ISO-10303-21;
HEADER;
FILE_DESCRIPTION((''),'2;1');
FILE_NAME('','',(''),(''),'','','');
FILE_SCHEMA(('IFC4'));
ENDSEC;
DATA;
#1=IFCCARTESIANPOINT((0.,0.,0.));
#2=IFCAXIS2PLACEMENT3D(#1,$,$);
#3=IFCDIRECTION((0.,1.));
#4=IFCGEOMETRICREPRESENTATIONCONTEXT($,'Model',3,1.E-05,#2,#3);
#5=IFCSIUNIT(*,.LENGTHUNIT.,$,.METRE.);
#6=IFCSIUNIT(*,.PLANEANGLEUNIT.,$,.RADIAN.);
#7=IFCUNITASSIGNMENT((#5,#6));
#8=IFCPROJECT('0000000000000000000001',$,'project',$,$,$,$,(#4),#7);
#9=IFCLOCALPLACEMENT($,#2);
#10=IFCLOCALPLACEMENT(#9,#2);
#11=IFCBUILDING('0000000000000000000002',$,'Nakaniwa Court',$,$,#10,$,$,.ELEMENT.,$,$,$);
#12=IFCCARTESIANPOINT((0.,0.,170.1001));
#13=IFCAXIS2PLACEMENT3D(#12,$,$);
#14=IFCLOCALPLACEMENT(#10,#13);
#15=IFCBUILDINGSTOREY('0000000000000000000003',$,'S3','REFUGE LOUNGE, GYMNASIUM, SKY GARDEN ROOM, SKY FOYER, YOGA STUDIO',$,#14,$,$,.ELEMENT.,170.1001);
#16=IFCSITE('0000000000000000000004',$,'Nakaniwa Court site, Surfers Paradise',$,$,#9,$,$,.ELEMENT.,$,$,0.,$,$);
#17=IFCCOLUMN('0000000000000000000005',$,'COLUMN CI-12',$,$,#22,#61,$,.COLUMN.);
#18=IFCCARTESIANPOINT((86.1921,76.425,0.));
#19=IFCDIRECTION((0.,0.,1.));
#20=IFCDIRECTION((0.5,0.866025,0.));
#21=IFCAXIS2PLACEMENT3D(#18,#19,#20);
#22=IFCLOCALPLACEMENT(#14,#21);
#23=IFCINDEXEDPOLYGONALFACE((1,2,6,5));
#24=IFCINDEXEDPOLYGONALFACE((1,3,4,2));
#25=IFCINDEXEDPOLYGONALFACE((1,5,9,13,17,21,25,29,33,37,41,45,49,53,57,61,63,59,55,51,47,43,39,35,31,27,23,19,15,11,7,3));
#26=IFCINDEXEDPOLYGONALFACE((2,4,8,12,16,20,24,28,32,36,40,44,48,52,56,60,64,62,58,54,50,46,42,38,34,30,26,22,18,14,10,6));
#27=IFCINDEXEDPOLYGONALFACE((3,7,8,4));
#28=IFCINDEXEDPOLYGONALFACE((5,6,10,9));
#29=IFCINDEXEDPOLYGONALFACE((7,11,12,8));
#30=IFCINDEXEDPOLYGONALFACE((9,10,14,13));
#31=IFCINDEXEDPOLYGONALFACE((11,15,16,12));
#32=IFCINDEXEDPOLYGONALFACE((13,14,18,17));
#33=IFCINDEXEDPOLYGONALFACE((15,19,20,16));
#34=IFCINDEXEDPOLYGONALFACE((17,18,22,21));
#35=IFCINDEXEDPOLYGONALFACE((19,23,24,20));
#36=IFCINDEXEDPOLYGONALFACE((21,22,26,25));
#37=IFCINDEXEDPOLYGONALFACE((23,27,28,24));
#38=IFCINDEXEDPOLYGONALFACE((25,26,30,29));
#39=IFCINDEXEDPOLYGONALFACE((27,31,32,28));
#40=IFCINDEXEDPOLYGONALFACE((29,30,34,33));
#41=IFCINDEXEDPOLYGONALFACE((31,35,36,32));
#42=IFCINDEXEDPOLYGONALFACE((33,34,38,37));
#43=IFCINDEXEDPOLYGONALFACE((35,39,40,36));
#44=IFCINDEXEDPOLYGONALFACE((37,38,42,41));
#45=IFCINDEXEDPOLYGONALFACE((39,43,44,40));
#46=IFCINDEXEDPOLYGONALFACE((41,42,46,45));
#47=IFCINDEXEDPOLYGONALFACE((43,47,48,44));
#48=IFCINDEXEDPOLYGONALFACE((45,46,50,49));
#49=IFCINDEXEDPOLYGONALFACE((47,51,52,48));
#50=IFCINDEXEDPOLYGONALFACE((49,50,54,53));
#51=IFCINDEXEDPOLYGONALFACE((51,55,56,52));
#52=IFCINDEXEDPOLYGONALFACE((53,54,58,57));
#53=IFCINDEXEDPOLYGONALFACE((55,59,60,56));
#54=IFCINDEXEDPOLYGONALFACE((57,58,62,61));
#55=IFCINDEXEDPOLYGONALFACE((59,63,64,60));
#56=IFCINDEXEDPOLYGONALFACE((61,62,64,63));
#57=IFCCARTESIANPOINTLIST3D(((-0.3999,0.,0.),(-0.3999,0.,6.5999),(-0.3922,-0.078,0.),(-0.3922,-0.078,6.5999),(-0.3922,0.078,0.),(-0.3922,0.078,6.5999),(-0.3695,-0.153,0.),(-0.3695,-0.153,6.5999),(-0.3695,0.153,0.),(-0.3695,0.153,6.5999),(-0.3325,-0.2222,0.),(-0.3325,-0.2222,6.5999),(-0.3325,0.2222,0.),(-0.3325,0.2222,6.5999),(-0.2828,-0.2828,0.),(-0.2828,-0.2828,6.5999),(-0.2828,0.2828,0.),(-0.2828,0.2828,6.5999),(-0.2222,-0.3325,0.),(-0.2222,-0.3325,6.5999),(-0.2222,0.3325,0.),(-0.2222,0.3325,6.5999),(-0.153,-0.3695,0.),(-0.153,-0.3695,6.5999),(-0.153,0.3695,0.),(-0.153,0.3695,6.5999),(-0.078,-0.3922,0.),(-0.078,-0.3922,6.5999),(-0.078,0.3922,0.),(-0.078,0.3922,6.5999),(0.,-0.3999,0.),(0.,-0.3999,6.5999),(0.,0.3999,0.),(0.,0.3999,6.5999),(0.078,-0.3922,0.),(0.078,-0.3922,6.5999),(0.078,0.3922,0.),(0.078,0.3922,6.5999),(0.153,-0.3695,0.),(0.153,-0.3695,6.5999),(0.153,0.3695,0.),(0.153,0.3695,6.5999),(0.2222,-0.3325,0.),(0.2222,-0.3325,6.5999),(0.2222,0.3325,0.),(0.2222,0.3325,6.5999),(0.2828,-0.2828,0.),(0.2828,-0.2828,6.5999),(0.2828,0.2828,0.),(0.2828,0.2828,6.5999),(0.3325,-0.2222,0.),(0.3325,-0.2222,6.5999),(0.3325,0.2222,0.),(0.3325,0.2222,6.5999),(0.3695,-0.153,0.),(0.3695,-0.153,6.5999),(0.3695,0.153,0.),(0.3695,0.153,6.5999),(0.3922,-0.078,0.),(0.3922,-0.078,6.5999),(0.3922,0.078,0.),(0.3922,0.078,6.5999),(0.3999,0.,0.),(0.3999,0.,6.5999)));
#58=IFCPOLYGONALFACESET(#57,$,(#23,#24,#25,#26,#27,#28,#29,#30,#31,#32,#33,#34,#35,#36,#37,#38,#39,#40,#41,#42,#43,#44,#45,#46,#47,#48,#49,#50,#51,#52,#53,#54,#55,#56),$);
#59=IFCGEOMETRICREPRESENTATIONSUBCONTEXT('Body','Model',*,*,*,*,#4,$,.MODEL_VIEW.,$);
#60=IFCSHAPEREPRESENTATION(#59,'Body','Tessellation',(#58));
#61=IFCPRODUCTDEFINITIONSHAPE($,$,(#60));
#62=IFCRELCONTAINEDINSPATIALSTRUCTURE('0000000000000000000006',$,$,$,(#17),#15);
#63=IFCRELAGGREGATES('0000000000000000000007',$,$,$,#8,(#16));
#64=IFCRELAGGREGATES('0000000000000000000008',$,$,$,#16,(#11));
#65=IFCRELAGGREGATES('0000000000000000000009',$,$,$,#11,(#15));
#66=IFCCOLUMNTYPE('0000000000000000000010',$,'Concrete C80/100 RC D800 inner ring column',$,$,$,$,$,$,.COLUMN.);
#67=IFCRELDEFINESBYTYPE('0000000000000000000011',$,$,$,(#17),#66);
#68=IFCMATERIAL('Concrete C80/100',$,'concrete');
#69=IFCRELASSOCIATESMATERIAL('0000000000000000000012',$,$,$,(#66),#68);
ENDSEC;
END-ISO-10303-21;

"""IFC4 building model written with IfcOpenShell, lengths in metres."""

from ifc_helpers import new_model, si_unit, direction, frame, origin, origin_2d, place, context, subcontext, project, spatial, circle, extrude, material, material_profile, profile_set, type_object, element, save


model = new_model("IFC4")

# Units and contexts
model_context = context("Model", 3, precision=1e-05, world=origin(), true_north=direction((0.0, 1.0)))
body_context = subcontext(model_context, "Body", "Model", "MODEL_VIEW")
ifc_project = project(units=[si_unit("LENGTHUNIT", "METRE"), si_unit("PLANEANGLEUNIT", "RADIAN")], contexts=[model_context])

# Site, building, storey
site_placement = place(None, origin())
site = spatial("IfcSite", under=ifc_project, at=site_placement, Name="Nakaniwa Court site, Surfers Paradise", CompositionType="ELEMENT", RefElevation=0.0)
building_placement = place(site_placement, origin())
building = spatial("IfcBuilding", under=site, at=building_placement, Name="Nakaniwa Court", CompositionType="ELEMENT")
storey_placement = place(building_placement, frame((0.0, 0.0, 170.1001)))
storey = spatial("IfcBuildingStorey", under=building, at=storey_placement, Name="S3", Description="REFUGE LOUNGE, GYMNASIUM, SKY GARDEN ROOM, SKY FOYER, YOGA STUDIO", CompositionType="ELEMENT", Elevation=170.1001)

# Column
ifc_material_1 = material(Name="Concrete C80/100", Category="concrete")
ifc_material_profile_1 = material_profile(ifc_material_1, circle(Radius=0.3999, at=origin_2d()), Name="Concrete C80/100 RC D800 inner ring column")
ifc_profile_set_1 = profile_set([ifc_material_profile_1], Name="Concrete C80/100")
column_type = type_object("IfcColumnType", Name="Concrete C80/100 RC D800 inner ring column", PredefinedType="COLUMN", material=ifc_profile_set_1)
for number, where, z_axis, x_axis, name in (
    (1, (86.1921, 76.425, 0.0), (0.0, 0.0, 1.0), (0.5, 0.866025, 0.0), "COLUMN CI-12"),
):
    element("IfcColumn", number, at=place(storey_placement, frame(where, z_axis=z_axis, x_axis=x_axis)), inside=storey, type_object=column_type, Name=name, PredefinedType="COLUMN", context=body_context, shape_type="SweptSolid", body=[
        extrude(circle(Radius=0.3999, at=origin_2d()), origin(), (0.0, 0.0, 1.0), 6.5999),
    ])

save(model, "model.ifc")
